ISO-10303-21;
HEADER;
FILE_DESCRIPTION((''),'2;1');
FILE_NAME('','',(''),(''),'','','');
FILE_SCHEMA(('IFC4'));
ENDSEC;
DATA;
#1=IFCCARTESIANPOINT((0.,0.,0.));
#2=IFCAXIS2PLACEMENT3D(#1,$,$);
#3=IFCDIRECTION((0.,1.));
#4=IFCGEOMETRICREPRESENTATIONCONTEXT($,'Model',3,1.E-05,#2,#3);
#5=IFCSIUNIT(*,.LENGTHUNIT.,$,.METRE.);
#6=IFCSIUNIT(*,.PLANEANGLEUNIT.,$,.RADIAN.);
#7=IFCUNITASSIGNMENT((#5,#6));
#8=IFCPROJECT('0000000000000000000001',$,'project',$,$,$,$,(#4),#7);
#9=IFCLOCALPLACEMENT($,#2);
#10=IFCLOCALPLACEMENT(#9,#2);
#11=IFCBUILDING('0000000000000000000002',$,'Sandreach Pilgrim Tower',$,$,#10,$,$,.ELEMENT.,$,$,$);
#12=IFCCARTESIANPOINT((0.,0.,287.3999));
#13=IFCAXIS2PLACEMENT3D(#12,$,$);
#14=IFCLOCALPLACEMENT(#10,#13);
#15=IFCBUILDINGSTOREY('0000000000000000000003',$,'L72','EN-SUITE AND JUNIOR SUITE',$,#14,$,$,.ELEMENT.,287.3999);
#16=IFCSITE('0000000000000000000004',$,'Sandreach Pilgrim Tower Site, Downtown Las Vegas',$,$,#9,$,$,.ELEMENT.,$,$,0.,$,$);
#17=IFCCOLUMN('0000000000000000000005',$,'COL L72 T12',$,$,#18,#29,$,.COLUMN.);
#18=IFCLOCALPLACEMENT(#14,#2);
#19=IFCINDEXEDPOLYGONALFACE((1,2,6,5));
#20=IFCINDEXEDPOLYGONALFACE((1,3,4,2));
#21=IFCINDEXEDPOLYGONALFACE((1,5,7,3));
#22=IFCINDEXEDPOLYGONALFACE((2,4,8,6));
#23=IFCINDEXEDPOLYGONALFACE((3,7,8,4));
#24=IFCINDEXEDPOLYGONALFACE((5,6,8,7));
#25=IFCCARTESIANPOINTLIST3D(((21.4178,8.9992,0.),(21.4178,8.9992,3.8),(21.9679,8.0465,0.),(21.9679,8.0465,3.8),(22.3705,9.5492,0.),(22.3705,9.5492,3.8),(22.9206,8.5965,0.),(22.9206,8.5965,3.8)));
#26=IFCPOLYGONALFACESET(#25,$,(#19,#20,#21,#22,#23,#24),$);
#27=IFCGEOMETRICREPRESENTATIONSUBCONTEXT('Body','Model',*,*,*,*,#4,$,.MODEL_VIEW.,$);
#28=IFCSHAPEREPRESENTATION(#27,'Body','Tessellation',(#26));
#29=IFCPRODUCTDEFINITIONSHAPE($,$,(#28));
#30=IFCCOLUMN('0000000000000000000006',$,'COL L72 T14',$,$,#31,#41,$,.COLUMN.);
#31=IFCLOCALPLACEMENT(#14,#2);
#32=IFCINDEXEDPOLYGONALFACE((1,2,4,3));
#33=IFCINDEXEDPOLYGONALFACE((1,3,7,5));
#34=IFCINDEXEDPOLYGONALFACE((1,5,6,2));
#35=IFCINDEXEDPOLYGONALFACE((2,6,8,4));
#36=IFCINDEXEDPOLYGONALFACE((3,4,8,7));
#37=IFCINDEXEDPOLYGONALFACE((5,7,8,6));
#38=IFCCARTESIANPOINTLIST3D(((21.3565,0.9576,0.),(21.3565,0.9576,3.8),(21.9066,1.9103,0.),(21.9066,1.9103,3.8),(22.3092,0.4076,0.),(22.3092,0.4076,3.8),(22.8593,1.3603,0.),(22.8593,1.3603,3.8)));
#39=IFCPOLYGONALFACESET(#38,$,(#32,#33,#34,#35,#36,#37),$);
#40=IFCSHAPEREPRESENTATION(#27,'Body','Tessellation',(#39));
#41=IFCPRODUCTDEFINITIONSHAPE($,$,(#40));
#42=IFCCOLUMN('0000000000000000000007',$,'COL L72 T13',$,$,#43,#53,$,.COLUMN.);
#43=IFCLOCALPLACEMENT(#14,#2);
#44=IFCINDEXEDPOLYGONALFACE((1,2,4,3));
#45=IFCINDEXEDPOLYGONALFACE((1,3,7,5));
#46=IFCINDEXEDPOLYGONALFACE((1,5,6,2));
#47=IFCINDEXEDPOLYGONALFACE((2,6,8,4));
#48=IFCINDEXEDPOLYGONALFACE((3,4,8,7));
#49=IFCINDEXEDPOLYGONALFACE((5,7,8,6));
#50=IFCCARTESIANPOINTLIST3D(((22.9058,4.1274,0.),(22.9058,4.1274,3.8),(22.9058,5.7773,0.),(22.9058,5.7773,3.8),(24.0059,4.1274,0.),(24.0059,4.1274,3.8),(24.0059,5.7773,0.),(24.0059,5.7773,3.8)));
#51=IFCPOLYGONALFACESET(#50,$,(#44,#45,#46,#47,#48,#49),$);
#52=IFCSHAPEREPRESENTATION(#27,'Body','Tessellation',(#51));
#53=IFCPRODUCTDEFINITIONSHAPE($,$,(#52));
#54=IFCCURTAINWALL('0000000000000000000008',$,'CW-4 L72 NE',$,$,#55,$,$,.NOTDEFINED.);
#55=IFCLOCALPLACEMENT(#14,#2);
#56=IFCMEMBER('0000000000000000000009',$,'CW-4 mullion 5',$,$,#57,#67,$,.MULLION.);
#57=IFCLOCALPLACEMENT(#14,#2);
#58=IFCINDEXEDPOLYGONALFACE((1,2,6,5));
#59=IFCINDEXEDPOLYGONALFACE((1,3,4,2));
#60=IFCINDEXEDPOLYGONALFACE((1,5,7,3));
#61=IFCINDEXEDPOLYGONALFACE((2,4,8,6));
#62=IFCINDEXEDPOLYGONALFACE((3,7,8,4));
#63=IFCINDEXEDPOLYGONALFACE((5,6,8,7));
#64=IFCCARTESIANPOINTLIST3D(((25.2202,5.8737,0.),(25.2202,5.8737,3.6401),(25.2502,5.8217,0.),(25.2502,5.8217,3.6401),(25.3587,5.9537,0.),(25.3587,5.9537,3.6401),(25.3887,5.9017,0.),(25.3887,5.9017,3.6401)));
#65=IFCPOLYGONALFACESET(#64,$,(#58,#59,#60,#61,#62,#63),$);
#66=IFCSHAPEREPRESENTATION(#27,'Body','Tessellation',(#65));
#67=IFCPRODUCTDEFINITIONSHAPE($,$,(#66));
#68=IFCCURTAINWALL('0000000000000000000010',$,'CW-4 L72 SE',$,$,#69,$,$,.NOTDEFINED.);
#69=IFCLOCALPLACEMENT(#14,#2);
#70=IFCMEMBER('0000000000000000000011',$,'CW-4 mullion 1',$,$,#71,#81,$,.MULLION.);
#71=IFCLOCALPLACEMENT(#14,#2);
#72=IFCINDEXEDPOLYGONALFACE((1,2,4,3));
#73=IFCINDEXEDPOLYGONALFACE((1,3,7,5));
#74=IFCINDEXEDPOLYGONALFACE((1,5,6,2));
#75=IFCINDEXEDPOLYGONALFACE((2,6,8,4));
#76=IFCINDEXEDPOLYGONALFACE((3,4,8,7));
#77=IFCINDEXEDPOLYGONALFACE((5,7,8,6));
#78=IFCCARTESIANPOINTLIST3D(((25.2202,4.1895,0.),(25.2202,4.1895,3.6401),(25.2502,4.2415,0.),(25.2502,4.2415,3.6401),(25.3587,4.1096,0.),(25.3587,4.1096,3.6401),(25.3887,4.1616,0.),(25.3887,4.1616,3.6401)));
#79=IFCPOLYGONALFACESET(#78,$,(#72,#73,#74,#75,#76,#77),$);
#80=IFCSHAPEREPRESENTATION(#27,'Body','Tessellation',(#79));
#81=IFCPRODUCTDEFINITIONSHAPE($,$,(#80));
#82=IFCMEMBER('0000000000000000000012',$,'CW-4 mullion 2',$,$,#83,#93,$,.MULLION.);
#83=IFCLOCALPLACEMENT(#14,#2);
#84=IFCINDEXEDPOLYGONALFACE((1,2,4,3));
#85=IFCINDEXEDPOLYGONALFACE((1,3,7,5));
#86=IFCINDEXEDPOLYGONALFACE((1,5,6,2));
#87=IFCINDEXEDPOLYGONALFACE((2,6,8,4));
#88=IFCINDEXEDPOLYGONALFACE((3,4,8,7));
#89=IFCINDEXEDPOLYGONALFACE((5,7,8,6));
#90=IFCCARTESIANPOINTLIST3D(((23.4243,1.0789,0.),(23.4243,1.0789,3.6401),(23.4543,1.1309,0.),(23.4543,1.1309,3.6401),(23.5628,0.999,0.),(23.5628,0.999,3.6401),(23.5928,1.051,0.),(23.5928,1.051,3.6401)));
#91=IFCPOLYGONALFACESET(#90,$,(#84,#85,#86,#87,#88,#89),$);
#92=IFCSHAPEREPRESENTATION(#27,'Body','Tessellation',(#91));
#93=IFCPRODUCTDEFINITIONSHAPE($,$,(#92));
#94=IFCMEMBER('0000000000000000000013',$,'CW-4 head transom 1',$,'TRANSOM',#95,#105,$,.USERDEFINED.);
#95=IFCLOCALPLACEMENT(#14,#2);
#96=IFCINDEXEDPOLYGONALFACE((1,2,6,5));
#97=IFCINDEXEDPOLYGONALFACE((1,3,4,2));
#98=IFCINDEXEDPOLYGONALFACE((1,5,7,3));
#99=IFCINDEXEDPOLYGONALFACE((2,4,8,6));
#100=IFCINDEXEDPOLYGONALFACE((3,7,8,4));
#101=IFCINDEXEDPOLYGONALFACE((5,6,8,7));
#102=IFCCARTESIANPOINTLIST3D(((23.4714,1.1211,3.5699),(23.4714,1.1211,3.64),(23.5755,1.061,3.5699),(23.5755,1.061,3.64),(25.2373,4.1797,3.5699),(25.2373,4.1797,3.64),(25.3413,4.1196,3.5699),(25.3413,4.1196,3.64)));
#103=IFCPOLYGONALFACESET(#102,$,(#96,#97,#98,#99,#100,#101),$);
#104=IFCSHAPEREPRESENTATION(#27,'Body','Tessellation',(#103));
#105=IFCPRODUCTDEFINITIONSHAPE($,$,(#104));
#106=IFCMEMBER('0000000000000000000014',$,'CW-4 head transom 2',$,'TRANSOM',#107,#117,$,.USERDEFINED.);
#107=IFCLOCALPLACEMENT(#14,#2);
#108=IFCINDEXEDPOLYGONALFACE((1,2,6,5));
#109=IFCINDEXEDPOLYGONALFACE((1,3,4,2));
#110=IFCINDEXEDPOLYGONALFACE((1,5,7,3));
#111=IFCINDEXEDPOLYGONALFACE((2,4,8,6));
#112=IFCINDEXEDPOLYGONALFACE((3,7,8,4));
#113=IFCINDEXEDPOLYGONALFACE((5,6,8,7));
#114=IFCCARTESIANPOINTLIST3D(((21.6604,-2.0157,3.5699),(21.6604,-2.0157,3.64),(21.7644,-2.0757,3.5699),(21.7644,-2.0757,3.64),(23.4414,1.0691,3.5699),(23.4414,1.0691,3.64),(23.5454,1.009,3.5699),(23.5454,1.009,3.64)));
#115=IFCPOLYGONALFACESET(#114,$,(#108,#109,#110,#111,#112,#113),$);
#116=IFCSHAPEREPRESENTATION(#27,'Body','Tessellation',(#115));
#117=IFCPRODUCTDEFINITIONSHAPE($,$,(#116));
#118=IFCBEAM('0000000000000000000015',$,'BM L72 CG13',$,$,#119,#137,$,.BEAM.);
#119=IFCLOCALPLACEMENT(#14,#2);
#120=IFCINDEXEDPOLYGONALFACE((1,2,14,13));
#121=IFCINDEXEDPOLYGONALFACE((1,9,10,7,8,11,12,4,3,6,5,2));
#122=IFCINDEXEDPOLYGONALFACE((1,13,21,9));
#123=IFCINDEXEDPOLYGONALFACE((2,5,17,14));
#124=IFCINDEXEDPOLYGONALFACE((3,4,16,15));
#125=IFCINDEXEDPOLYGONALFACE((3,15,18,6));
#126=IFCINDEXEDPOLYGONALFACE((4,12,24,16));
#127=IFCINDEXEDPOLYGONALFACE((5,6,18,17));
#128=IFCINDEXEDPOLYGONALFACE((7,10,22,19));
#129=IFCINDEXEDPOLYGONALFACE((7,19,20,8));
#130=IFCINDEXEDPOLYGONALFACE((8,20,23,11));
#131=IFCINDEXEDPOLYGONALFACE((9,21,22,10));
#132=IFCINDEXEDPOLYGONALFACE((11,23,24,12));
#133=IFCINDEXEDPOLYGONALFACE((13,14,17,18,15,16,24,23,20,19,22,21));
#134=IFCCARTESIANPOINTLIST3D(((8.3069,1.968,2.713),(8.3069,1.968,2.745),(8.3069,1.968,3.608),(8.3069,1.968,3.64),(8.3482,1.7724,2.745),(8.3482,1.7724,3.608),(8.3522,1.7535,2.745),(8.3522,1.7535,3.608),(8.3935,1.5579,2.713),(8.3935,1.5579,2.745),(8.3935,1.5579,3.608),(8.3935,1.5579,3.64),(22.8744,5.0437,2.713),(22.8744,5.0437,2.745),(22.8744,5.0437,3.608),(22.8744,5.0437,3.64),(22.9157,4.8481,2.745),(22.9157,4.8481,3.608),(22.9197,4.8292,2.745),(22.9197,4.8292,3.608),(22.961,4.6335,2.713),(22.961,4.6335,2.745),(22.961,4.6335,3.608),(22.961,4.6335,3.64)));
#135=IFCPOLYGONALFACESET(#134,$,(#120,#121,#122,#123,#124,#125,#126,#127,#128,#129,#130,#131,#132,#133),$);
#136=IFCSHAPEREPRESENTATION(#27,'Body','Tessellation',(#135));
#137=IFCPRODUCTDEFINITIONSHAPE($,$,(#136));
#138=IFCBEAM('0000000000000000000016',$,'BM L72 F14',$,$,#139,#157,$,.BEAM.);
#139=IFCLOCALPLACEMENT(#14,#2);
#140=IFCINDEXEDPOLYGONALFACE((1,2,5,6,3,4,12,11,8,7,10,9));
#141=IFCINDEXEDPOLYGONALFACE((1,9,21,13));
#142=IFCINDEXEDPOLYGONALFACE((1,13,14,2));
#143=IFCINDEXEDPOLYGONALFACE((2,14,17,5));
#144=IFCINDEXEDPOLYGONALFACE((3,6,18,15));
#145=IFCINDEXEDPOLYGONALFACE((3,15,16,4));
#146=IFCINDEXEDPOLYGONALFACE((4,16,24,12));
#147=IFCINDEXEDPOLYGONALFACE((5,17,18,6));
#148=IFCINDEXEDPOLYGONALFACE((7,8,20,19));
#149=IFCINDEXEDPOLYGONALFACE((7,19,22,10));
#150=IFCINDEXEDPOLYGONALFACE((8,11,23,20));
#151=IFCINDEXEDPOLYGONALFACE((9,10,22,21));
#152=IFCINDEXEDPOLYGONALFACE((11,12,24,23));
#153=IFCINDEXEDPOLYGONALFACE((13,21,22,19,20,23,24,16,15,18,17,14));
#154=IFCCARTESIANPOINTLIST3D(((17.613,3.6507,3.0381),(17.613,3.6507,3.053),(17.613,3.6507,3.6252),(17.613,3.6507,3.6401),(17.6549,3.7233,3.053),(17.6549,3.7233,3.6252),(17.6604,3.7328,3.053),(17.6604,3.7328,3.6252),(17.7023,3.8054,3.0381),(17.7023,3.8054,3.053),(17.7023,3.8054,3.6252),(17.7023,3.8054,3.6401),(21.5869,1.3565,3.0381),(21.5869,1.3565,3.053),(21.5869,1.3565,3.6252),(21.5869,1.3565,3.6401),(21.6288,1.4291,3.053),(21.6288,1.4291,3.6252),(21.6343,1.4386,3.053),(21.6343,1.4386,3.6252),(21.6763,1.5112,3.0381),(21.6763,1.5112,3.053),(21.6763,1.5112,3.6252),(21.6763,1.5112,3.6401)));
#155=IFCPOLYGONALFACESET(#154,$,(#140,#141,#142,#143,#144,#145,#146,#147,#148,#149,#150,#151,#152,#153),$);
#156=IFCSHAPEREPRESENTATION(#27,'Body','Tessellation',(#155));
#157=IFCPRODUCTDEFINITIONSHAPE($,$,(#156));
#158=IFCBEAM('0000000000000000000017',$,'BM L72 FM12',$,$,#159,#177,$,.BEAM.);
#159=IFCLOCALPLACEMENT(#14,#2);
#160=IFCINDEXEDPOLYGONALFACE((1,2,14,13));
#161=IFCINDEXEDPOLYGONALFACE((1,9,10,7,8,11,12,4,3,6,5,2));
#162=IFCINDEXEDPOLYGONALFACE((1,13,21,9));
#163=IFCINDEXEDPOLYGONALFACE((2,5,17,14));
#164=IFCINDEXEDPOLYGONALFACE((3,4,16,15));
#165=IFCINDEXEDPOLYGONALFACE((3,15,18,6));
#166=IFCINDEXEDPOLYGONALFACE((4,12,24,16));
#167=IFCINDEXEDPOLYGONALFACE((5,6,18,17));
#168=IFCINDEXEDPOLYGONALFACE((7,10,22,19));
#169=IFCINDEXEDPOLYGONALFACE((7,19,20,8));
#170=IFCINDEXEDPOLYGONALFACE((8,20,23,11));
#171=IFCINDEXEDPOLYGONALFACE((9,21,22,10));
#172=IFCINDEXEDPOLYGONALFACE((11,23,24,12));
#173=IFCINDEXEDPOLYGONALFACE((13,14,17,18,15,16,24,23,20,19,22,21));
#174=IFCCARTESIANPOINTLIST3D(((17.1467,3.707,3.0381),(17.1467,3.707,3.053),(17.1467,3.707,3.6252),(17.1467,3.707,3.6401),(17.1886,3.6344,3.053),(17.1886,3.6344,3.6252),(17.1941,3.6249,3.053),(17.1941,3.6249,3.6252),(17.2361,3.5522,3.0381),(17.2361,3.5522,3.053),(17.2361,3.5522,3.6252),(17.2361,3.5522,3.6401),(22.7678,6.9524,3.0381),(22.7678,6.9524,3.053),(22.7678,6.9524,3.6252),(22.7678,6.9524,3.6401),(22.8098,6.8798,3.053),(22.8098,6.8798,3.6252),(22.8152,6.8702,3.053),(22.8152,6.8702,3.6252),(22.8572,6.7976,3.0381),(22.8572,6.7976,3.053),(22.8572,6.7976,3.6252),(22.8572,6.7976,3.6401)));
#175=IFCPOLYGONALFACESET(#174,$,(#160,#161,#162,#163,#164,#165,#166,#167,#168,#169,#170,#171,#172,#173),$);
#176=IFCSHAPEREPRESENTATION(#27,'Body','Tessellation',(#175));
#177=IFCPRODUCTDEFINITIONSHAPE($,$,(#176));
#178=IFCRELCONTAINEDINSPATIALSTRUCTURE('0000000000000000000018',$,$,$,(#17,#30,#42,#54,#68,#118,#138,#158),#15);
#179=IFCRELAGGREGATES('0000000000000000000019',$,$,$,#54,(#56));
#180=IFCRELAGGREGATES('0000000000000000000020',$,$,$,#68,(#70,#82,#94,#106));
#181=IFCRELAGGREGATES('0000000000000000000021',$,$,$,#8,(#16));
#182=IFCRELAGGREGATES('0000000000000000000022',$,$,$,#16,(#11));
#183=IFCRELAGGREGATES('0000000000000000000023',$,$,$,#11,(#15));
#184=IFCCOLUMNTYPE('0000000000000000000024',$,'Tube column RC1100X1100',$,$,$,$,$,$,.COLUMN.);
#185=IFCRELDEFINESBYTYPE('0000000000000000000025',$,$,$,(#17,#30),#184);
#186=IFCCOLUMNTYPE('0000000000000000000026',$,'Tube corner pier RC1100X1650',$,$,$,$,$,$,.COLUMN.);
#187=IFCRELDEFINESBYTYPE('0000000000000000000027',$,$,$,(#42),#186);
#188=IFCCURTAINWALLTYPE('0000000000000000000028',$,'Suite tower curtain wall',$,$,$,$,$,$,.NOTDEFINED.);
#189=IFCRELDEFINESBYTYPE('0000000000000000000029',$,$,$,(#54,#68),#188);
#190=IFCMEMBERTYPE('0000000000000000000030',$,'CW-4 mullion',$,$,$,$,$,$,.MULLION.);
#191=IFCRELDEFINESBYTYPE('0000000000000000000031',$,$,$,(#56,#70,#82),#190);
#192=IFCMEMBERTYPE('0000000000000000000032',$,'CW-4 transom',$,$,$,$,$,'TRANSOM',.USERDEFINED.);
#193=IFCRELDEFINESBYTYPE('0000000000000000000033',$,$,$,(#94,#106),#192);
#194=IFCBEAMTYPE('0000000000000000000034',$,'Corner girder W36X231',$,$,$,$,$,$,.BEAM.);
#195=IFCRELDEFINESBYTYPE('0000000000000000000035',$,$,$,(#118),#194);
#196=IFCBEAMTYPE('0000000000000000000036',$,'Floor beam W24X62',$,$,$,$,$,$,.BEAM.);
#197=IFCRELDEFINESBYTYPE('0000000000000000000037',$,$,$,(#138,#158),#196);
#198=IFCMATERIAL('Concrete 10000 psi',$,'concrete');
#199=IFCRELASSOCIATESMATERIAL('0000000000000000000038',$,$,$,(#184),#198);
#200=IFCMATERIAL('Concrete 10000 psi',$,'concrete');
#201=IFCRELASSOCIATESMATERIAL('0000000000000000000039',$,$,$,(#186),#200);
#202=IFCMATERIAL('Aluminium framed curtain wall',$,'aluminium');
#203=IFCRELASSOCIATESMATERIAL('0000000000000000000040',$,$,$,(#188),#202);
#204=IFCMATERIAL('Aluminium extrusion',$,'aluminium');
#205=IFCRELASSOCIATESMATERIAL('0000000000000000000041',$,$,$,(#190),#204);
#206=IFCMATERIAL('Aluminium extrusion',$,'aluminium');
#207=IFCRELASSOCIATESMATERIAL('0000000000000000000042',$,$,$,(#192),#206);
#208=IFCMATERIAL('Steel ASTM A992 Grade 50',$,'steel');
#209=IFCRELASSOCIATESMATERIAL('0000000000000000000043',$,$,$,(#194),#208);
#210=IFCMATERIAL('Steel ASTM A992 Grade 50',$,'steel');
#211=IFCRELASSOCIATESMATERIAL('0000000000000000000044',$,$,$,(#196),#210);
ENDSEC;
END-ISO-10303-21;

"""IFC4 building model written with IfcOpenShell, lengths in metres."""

from ifc_helpers import new_model, si_unit, direction, frame, origin, origin_2d, place, context, subcontext, project, spatial, rectangle, i_section, extrude, material, material_profile, profile_set, type_object, element, aggregate, save


model = new_model("IFC4")

# Units and contexts
model_context = context("Model", 3, precision=1e-05, world=origin(), true_north=direction((0.0, 1.0)))
body_context = subcontext(model_context, "Body", "Model", "MODEL_VIEW")
ifc_project = project(units=[si_unit("LENGTHUNIT", "METRE"), si_unit("PLANEANGLEUNIT", "RADIAN")], contexts=[model_context])

# Site, building, storey
site_placement = place(None, origin())
site = spatial("IfcSite", under=ifc_project, at=site_placement, Name="Sandreach Pilgrim Tower Site, Downtown Las Vegas", CompositionType="ELEMENT", RefElevation=0.0)
building_placement = place(site_placement, origin())
building = spatial("IfcBuilding", under=site, at=building_placement, Name="Sandreach Pilgrim Tower", CompositionType="ELEMENT")
storey_placement = place(building_placement, frame((0.0, 0.0, 287.3999)))
storey = spatial("IfcBuildingStorey", under=building, at=storey_placement, Name="L72", Description="EN-SUITE AND JUNIOR SUITE", CompositionType="ELEMENT", Elevation=287.3999)

# Columns
ifc_material_1 = material(Name="Concrete 10000 psi", Category="concrete")
ifc_material_profile_1 = material_profile(ifc_material_1, rectangle(XDim=1.1001, YDim=1.1001, at=origin_2d()), Name="RC1100X1100")
ifc_profile_set_1 = profile_set([ifc_material_profile_1], Name="Concrete 10000 psi")
column_type_1 = type_object("IfcColumnType", Name="Tube column RC1100X1100", PredefinedType="COLUMN", material=ifc_profile_set_1)
for number, where, z_axis, x_axis, name in (
    (1, (22.1692, 8.7979, 0.0), (0.0, 0.0, 1.0), (0.866025, 0.5, 0.0), "COL L72 T12"),
    (2, (22.1079, 1.1589, 0.0), (0.0, 0.0, 1.0), (0.866025, -0.5, 0.0), "COL L72 T14"),
):
    element("IfcColumn", number, at=place(storey_placement, frame(where, z_axis=z_axis, x_axis=x_axis)), inside=storey, type_object=column_type_1, Name=name, PredefinedType="COLUMN", context=body_context, shape_type="SweptSolid", body=[
        extrude(rectangle(XDim=1.1001, YDim=1.1001, at=origin_2d()), origin(), (0.0, 0.0, 1.0), 3.8),
    ])
ifc_material_2 = material(Name="Concrete 10000 psi", Category="concrete")
ifc_material_profile_2 = material_profile(ifc_material_2, rectangle(XDim=1.1001, YDim=1.6499, at=origin_2d()), Name="RC1100X1650")
ifc_profile_set_2 = profile_set([ifc_material_profile_2], Name="Concrete 10000 psi")
column_type_2 = type_object("IfcColumnType", Name="Tube corner pier RC1100X1650", PredefinedType="COLUMN", material=ifc_profile_set_2)
column_placement = place(storey_placement, frame((23.4558, 4.9524, 0.0), z_axis=(0.0, 0.0, 1.0), x_axis=(1.0, 0.0, 0.0)))
element("IfcColumn", 3, at=column_placement, inside=storey, type_object=column_type_2, Name="COL L72 T13", PredefinedType="COLUMN", context=body_context, shape_type="SweptSolid", body=[
    extrude(rectangle(XDim=1.1001, YDim=1.6499, at=origin_2d()), origin(), (0.0, 0.0, 1.0), 3.8),
])

# Curtain wall, member
ifc_material_3 = material(Name="Aluminium framed curtain wall", Category="aluminium")
curtain_wall_type = type_object("IfcCurtainWallType", Name="Suite tower curtain wall", PredefinedType="NOTDEFINED", material=ifc_material_3)
curtain_wall_1_placement = place(storey_placement, origin())
curtain_wall_1 = element("IfcCurtainWall", 4, at=curtain_wall_1_placement, inside=storey, type_object=curtain_wall_type, Name="CW-4 L72 NE", PredefinedType="NOTDEFINED")
ifc_material_4 = material(Name="Aluminium extrusion", Category="aluminium")
ifc_material_profile_3 = material_profile(ifc_material_4, rectangle(XDim=0.0601, YDim=0.1599, at=origin_2d()), Name="CW-4M 60X160")
ifc_profile_set_3 = profile_set([ifc_material_profile_3], Name="Aluminium extrusion")
member_type_1 = type_object("IfcMemberType", Name="CW-4 mullion", PredefinedType="MULLION", material=ifc_profile_set_3)
member_1_placement = place(storey_placement, frame((25.3044, 5.8877, 0.0), z_axis=(0.0, 0.0, 1.0), x_axis=(0.5, -0.866025, 0.0)))
member_1 = element("IfcMember", 5, at=member_1_placement, type_object=member_type_1, Name="CW-4 mullion 5", PredefinedType="MULLION", context=body_context, shape_type="SweptSolid", body=[
    extrude(rectangle(XDim=0.0601, YDim=0.1599, at=origin_2d()), origin(), (0.0, 0.0, 1.0), 3.6401),
])

# Curtain wall, members
curtain_wall_2_placement = place(storey_placement, origin())
curtain_wall_2 = element("IfcCurtainWall", 6, at=curtain_wall_2_placement, inside=storey, type_object=curtain_wall_type, Name="CW-4 L72 SE", PredefinedType="NOTDEFINED")
member_2_placement = place(storey_placement, frame((25.3044, 4.1755, 0.0), z_axis=(0.0, 0.0, 1.0), x_axis=(-0.5, -0.866025, 0.0)))
member_2 = element("IfcMember", 7, at=member_2_placement, type_object=member_type_1, Name="CW-4 mullion 1", PredefinedType="MULLION", context=body_context, shape_type="SweptSolid", body=[
    extrude(rectangle(XDim=0.0601, YDim=0.1599, at=origin_2d()), origin(), (0.0, 0.0, 1.0), 3.6401),
])
member_3_placement = place(storey_placement, frame((23.5085, 1.0649, 0.0), z_axis=(0.0, 0.0, 1.0), x_axis=(-0.5, -0.866025, 0.0)))
member_3 = element("IfcMember", 8, at=member_3_placement, type_object=member_type_1, Name="CW-4 mullion 2", PredefinedType="MULLION", context=body_context, shape_type="SweptSolid", body=[
    extrude(rectangle(XDim=0.0601, YDim=0.1599, at=origin_2d()), origin(), (0.0, 0.0, 1.0), 3.6401),
])
ifc_material_5 = material(Name="Aluminium extrusion", Category="aluminium")
ifc_material_profile_4 = material_profile(ifc_material_5, rectangle(XDim=0.1201, YDim=0.0701, at=origin_2d()), Name="CW-4T 120X70")
ifc_profile_set_4 = profile_set([ifc_material_profile_4], Name="Aluminium extrusion")
member_type_2 = type_object("IfcMemberType", Name="CW-4 transom", ElementType="TRANSOM", PredefinedType="USERDEFINED", material=ifc_profile_set_4)
member_4_placement = place(storey_placement, frame((25.2893, 4.1497, 3.605), z_axis=(-0.499998, -0.866027, 0.0), x_axis=(0.866027, -0.499998, 0.0)))
member_4 = element("IfcMember", 9, at=member_4_placement, type_object=member_type_2, Name="CW-4 head transom 1", ObjectType="TRANSOM", PredefinedType="USERDEFINED", context=body_context, shape_type="SweptSolid", body=[
    extrude(rectangle(XDim=0.1201, YDim=0.0701, at=origin_2d()), origin(), (0.0, 0.0, 1.0), 3.5317),
])
member_5_placement = place(storey_placement, frame((23.4934, 1.0391, 3.605), z_axis=(-0.500009, -0.86602, 0.0), x_axis=(0.86602, -0.500009, 0.0)))
member_5 = element("IfcMember", 10, at=member_5_placement, type_object=member_type_2, Name="CW-4 head transom 2", ObjectType="TRANSOM", PredefinedType="USERDEFINED", context=body_context, shape_type="SweptSolid", body=[
    extrude(rectangle(XDim=0.1201, YDim=0.0701, at=origin_2d()), origin(), (0.0, 0.0, 1.0), 3.562),
])

# Beams
ifc_material_6 = material(Name="Steel ASTM A992 Grade 50", Category="steel")
ifc_material_profile_5 = material_profile(ifc_material_6, i_section(OverallWidth=0.4192, OverallDepth=0.927, WebThickness=0.0193, FlangeThickness=0.032, at=origin_2d()), Name="W36X231")
ifc_profile_set_5 = profile_set([ifc_material_profile_5], Name="Steel ASTM A992 Grade 50")
beam_type_1 = type_object("IfcBeamType", Name="Corner girder W36X231", PredefinedType="BEAM", material=ifc_profile_set_5)
beam_1_placement = place(storey_placement, frame((22.9177, 4.8386, 3.1765), z_axis=(-0.97843, -0.206577, 0.0), x_axis=(0.206577, -0.97843, 0.0)))
element("IfcBeam", 11, at=beam_1_placement, inside=storey, type_object=beam_type_1, Name="BM L72 CG13", PredefinedType="BEAM", context=body_context, shape_type="SweptSolid", body=[
    extrude(i_section(OverallWidth=0.4192, OverallDepth=0.927, WebThickness=0.0193, FlangeThickness=0.032, at=origin_2d()), origin(), (0.0, 0.0, 1.0), 14.8887),
])
ifc_material_7 = material(Name="Steel ASTM A992 Grade 50", Category="steel")
ifc_material_profile_6 = material_profile(ifc_material_7, i_section(OverallWidth=0.1787, OverallDepth=0.6021, WebThickness=0.011, FlangeThickness=0.0149, at=origin_2d()), Name="W24X62")
ifc_profile_set_6 = profile_set([ifc_material_profile_6], Name="Steel ASTM A992 Grade 50")
beam_type_2 = type_object("IfcBeamType", Name="Floor beam W24X62", PredefinedType="BEAM", material=ifc_profile_set_6)
beam_2_placement = place(storey_placement, frame((21.6316, 1.4338, 3.3391), z_axis=(-0.866038, 0.499979, 0.0), x_axis=(-0.499979, -0.866038, 0.0)))
element("IfcBeam", 12, at=beam_2_placement, inside=storey, type_object=beam_type_2, Name="BM L72 F14", PredefinedType="BEAM", context=body_context, shape_type="SweptSolid", body=[
    extrude(i_section(OverallWidth=0.1787, OverallDepth=0.6021, WebThickness=0.011, FlangeThickness=0.0149, at=origin_2d()), origin(), (0.0, 0.0, 1.0), 4.5886),
])
beam_3_placement = place(storey_placement, frame((22.8125, 6.875, 3.3391), z_axis=(-0.866024, -0.500002, 0.0), x_axis=(0.500002, -0.866024, 0.0)))
element("IfcBeam", 13, at=beam_3_placement, inside=storey, type_object=beam_type_2, Name="BM L72 FM12", PredefinedType="BEAM", context=body_context, shape_type="SweptSolid", body=[
    extrude(i_section(OverallWidth=0.1787, OverallDepth=0.6021, WebThickness=0.011, FlangeThickness=0.0149, at=origin_2d()), origin(), (0.0, 0.0, 1.0), 6.4907),
])

aggregate(curtain_wall_1, [member_1])
aggregate(curtain_wall_2, [member_2, member_3, member_4, member_5])

save(model, "model.ifc")
